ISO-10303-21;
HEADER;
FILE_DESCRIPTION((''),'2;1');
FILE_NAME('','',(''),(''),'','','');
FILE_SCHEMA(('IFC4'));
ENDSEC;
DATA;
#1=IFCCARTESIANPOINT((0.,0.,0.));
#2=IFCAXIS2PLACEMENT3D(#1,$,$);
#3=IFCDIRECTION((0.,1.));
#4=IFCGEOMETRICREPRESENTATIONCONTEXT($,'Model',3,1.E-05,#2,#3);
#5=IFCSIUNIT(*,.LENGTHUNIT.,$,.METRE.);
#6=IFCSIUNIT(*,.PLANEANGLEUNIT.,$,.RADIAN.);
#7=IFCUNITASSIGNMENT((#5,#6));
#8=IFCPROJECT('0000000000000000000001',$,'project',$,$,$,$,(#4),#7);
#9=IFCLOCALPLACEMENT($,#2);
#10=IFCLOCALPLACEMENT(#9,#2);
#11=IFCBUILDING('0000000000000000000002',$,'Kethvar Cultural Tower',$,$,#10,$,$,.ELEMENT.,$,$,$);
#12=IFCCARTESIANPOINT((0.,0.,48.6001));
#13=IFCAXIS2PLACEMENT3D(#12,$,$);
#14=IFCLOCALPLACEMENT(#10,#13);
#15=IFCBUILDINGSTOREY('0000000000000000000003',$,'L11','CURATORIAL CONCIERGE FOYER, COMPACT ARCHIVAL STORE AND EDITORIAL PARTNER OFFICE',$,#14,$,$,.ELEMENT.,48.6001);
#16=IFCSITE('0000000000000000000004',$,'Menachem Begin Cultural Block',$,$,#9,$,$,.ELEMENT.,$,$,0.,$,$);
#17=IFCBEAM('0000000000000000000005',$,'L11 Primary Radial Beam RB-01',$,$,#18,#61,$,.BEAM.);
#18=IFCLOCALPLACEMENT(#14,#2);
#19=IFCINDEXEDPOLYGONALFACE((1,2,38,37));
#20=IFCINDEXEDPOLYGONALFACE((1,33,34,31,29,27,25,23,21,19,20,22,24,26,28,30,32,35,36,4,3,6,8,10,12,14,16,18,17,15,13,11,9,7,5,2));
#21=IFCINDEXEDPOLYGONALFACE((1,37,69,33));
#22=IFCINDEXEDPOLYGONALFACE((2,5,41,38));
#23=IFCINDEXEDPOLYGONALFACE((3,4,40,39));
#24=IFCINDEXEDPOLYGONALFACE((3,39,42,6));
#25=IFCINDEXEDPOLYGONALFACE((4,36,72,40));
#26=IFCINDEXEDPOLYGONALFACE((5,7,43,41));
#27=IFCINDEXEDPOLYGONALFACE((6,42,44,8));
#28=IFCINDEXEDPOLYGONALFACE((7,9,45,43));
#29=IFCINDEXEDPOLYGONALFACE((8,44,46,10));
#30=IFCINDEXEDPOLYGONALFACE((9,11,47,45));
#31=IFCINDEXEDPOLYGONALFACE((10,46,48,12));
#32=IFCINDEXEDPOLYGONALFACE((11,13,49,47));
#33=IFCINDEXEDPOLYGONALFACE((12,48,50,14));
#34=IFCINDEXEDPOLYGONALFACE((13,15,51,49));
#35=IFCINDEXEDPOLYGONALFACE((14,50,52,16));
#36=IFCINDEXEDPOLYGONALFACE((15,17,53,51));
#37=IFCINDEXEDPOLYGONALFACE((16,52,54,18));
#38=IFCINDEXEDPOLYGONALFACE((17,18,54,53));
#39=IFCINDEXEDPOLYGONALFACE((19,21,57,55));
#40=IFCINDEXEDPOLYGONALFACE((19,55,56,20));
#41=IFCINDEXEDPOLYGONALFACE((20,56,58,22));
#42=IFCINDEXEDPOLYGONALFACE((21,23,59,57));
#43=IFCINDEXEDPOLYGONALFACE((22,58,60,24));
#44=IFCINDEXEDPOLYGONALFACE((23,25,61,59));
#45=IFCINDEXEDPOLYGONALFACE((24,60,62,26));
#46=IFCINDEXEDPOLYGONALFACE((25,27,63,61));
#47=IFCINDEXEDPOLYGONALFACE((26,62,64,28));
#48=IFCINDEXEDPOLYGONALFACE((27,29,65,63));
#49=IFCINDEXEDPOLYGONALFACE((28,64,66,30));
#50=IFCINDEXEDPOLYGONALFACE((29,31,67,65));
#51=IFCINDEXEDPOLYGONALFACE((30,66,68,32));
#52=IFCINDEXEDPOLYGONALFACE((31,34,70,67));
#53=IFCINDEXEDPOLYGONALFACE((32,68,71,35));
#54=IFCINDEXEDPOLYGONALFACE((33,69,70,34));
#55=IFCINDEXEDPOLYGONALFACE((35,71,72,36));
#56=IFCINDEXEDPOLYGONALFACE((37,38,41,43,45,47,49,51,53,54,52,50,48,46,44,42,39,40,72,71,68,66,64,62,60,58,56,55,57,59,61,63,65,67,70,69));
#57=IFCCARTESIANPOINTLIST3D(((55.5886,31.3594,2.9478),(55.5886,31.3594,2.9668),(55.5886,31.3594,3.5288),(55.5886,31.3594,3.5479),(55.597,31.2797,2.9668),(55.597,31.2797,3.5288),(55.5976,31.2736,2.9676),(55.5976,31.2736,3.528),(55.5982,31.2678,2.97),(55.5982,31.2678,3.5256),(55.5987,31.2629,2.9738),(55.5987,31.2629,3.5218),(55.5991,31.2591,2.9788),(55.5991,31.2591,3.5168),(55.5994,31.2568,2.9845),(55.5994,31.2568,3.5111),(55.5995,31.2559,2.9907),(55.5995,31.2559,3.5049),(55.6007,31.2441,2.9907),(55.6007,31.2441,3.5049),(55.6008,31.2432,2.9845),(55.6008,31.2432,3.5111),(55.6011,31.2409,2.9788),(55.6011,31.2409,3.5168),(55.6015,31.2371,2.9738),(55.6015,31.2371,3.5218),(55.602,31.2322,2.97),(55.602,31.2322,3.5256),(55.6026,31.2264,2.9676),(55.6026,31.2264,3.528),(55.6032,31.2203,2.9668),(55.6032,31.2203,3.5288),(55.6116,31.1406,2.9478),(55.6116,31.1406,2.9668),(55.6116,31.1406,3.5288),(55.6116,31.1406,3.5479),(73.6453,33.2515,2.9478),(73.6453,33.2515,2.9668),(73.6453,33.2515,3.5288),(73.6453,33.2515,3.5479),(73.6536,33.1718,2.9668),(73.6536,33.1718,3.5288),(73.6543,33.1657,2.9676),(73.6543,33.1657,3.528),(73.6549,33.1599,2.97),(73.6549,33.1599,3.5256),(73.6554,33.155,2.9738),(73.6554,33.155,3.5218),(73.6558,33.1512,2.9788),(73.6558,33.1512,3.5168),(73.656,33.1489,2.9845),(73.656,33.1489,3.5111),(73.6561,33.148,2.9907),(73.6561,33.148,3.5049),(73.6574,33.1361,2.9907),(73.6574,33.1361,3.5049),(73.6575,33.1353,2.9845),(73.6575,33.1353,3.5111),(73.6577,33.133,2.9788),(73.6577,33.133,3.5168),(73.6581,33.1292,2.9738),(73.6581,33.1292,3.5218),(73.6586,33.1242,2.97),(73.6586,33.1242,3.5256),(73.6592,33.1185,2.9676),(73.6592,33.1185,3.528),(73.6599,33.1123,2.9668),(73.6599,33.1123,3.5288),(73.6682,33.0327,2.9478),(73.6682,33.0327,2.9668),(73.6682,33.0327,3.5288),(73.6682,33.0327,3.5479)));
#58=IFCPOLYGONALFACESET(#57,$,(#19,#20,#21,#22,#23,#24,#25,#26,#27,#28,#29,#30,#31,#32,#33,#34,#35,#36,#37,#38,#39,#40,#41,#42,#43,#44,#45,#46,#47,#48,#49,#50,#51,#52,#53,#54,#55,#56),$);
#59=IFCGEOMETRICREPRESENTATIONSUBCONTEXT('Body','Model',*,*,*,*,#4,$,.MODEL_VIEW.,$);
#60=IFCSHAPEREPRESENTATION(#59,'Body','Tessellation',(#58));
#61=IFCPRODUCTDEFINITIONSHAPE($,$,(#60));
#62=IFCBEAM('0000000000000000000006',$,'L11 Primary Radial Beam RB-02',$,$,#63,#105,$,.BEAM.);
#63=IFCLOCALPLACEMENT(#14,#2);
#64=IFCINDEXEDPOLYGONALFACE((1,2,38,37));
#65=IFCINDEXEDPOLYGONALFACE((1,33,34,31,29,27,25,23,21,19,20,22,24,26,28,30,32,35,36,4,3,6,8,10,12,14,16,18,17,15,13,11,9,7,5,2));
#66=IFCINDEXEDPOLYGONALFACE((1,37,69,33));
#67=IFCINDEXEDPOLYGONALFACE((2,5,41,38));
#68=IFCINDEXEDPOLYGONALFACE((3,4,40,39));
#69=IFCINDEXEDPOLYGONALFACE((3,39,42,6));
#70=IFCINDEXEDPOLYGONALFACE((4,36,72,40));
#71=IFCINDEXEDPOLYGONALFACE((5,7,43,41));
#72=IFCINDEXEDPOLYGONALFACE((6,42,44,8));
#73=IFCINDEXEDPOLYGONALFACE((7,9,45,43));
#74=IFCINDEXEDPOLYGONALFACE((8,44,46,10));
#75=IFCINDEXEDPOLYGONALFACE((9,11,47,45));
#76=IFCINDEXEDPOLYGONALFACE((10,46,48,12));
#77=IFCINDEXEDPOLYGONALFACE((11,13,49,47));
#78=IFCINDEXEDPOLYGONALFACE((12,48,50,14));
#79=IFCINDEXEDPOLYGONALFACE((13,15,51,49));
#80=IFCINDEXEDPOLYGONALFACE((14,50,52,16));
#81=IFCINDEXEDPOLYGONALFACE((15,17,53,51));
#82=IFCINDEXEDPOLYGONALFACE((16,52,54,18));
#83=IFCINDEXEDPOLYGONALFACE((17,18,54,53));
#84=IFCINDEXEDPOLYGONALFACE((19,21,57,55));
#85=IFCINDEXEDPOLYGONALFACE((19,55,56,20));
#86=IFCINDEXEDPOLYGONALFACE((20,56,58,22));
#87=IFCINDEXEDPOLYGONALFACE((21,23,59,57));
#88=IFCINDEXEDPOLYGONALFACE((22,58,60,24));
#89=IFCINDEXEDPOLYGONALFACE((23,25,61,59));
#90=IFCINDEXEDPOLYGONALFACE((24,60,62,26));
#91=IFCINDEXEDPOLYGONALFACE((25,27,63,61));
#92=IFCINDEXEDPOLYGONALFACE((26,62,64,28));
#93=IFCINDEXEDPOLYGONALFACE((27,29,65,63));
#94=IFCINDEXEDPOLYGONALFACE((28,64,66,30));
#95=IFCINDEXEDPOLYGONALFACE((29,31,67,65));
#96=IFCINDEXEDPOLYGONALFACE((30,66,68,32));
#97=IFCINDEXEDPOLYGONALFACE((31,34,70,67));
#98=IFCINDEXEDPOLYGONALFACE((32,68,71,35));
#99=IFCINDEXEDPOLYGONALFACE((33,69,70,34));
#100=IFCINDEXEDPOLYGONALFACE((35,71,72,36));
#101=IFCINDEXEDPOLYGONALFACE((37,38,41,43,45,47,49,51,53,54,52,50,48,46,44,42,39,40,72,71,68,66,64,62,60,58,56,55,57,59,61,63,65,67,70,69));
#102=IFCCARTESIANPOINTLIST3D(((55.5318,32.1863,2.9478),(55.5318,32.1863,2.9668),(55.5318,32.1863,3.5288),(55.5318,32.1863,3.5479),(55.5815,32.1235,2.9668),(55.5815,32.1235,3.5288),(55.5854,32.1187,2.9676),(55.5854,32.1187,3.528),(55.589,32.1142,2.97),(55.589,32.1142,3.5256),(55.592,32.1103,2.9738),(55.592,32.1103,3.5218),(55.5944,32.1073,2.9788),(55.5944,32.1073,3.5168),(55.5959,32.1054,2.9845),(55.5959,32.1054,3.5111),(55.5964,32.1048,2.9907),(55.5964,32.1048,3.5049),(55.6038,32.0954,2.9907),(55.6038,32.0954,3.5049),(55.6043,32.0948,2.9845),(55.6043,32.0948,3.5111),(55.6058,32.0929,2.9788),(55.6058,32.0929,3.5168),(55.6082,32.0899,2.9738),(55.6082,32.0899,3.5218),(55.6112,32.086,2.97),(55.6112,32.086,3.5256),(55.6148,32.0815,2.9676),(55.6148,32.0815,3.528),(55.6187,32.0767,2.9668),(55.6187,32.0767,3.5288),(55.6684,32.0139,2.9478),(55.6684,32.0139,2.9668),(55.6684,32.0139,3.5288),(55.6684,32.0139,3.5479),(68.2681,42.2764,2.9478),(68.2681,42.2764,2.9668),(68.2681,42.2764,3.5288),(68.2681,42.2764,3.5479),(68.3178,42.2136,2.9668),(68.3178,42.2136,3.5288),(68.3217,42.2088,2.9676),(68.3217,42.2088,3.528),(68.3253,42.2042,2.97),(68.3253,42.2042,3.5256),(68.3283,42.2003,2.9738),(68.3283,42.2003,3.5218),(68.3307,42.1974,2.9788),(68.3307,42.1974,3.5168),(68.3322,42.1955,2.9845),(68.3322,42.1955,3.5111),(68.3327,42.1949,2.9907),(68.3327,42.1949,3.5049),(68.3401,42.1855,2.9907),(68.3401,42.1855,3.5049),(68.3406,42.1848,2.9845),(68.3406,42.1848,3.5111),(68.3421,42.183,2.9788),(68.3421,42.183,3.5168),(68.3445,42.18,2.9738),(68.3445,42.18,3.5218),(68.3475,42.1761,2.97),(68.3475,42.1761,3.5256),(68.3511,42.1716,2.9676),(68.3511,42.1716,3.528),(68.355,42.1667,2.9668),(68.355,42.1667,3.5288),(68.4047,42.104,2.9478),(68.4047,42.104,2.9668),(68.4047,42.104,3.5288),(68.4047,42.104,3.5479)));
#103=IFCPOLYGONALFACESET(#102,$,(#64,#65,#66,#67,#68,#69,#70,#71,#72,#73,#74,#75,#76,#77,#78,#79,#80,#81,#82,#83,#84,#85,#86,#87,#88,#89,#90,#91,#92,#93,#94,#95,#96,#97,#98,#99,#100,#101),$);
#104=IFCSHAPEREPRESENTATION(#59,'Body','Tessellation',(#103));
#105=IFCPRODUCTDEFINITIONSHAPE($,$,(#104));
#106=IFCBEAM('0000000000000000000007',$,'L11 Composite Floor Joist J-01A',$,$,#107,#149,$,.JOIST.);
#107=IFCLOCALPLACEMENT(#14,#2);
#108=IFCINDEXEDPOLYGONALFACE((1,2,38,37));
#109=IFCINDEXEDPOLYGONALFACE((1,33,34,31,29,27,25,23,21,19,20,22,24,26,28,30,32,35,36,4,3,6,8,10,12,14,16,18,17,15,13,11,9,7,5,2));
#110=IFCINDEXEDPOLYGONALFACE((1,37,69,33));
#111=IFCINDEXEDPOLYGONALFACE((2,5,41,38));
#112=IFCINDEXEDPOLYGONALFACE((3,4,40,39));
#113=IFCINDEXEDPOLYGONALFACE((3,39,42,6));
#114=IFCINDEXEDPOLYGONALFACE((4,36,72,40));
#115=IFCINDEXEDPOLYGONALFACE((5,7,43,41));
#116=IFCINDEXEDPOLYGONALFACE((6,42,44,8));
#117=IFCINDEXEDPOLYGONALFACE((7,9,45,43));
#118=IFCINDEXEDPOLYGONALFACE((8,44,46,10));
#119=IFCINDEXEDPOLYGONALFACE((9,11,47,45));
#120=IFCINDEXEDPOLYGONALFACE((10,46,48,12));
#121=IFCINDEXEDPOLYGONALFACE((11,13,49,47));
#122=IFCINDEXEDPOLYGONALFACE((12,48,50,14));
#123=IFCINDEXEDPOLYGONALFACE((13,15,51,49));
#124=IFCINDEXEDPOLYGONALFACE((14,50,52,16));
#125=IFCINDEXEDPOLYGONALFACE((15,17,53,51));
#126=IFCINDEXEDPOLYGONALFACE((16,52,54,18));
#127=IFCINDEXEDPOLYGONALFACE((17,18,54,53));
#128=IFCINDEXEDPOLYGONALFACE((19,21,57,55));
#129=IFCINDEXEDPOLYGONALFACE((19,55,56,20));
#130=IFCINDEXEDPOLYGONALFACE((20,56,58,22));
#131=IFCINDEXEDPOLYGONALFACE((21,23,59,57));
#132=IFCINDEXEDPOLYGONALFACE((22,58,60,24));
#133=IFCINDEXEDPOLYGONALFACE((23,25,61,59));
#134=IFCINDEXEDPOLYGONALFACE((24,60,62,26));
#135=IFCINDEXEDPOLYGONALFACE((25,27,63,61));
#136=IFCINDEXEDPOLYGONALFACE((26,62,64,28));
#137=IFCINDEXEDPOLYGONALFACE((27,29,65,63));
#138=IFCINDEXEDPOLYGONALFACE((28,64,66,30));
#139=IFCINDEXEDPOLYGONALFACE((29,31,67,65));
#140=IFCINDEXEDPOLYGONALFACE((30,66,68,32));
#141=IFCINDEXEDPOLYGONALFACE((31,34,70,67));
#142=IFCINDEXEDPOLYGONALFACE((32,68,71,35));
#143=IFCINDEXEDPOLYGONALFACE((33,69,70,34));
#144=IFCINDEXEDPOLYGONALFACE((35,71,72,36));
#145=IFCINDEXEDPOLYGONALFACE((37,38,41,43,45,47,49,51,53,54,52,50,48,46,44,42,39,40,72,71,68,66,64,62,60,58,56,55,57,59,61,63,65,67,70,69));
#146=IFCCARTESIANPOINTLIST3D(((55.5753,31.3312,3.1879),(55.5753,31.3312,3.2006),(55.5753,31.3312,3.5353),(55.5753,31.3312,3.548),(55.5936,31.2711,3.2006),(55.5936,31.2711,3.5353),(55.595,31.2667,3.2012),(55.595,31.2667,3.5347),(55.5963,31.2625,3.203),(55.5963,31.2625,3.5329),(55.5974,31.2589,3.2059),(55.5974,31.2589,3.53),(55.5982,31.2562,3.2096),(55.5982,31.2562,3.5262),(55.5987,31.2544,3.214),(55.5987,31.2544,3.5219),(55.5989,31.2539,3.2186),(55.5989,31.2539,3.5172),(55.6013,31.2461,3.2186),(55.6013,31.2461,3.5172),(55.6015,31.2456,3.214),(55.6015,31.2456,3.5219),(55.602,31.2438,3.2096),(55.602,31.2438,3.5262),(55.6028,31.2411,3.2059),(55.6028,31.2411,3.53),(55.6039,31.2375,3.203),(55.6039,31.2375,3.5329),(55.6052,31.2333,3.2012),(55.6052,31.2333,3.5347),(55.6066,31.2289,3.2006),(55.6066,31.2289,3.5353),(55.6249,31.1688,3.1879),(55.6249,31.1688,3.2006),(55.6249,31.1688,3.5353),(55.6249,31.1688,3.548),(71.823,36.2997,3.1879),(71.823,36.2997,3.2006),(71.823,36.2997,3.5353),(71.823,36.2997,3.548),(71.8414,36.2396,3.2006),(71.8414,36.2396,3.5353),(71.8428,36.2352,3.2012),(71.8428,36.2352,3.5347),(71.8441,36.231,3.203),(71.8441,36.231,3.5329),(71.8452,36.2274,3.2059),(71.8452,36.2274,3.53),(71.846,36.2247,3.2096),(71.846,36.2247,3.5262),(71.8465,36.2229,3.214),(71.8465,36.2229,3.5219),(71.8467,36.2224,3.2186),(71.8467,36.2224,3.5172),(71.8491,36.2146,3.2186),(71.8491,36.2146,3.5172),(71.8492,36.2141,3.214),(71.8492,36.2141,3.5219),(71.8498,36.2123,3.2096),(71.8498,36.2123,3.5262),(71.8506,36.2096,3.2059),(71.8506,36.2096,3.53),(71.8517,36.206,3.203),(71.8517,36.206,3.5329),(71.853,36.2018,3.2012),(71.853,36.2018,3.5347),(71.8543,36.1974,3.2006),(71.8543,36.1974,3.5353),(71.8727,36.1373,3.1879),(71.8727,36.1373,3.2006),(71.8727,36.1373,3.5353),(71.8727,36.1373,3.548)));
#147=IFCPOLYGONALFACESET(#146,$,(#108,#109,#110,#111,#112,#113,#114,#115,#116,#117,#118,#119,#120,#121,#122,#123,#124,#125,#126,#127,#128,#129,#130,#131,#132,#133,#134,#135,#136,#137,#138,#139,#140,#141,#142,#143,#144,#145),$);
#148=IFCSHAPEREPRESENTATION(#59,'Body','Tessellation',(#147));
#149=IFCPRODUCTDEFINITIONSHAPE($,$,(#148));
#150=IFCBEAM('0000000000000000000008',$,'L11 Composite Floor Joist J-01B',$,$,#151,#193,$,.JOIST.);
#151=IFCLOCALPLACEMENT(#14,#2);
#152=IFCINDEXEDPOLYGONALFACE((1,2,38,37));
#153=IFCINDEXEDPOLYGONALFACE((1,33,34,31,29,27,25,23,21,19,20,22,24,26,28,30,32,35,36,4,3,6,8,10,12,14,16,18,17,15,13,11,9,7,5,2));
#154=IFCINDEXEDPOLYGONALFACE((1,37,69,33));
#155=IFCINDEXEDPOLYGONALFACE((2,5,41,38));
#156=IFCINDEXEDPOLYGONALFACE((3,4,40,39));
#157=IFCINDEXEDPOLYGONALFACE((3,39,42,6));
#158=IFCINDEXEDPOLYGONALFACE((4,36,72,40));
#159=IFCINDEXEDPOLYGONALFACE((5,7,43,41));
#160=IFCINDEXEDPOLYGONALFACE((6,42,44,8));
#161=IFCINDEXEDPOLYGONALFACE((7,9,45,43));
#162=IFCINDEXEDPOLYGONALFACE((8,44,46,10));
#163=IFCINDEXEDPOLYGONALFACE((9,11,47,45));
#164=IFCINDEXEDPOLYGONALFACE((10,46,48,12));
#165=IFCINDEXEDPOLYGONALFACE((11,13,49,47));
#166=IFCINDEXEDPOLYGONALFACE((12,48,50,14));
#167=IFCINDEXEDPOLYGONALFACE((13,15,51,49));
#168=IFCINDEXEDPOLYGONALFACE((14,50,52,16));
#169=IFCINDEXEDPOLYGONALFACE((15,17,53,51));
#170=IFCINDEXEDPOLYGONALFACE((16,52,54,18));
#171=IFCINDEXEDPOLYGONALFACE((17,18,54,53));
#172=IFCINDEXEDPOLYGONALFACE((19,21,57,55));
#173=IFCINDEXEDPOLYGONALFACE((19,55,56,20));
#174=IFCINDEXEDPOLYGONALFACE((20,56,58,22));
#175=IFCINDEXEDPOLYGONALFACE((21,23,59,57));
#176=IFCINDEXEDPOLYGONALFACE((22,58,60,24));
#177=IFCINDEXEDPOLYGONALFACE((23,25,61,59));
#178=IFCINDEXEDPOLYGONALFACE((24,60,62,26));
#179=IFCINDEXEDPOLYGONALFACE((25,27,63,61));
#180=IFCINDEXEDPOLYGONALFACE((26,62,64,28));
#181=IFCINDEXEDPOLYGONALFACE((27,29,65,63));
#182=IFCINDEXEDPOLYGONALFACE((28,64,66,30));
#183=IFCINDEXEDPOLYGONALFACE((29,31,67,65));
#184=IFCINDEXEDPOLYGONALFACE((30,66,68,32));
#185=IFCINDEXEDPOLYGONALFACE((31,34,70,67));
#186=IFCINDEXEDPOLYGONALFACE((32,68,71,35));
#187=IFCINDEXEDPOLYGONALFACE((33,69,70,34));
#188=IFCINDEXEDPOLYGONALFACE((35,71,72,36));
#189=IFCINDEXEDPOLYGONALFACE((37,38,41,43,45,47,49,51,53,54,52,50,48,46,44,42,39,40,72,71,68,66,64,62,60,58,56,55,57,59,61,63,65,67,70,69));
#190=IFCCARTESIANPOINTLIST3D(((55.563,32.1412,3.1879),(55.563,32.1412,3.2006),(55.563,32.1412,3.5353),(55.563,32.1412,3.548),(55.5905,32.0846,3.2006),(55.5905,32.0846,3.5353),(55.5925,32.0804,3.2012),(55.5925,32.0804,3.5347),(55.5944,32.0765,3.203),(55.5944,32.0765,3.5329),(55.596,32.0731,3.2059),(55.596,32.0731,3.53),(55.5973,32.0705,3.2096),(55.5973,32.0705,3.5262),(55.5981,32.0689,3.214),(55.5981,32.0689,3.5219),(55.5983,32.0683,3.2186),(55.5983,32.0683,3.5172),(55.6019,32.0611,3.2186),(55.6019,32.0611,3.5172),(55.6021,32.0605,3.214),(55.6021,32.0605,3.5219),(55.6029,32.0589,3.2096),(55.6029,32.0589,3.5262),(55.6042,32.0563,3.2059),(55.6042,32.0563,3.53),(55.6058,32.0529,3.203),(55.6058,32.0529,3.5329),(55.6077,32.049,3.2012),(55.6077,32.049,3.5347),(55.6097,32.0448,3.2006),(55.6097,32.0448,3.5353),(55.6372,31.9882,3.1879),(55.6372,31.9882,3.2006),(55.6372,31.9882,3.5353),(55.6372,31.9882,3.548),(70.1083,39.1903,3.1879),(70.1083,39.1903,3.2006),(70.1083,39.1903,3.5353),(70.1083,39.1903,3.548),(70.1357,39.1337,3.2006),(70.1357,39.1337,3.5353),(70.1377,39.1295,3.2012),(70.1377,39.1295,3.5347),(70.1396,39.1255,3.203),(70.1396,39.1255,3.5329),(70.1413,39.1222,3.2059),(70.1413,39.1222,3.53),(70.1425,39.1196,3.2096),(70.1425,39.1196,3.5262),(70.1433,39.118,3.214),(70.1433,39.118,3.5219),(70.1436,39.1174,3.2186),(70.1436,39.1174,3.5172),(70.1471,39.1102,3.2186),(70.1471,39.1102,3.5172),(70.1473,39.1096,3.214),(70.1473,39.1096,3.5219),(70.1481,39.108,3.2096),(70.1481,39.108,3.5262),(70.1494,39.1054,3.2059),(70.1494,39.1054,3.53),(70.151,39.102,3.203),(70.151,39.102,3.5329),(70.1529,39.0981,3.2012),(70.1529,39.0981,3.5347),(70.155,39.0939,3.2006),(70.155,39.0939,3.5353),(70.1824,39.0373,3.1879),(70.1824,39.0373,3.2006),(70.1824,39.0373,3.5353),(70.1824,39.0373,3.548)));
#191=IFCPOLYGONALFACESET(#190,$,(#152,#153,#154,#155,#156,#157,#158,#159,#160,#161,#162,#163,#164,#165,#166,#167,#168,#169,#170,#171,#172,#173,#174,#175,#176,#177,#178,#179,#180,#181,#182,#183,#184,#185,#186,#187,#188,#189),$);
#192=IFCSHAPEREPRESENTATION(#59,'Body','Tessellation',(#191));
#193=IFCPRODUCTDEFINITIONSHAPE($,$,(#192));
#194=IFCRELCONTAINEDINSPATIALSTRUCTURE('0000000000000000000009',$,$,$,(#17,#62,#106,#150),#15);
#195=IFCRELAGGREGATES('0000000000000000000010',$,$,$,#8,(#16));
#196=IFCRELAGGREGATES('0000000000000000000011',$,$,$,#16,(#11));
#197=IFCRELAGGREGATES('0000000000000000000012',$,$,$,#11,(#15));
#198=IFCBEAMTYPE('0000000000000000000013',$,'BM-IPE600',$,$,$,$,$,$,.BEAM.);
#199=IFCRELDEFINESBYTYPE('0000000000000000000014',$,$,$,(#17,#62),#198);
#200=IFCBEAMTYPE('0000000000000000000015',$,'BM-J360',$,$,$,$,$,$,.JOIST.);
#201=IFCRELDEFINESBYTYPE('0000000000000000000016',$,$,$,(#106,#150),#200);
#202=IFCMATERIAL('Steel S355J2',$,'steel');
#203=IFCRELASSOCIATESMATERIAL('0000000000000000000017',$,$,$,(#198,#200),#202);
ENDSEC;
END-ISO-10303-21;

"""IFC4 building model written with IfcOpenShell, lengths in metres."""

from ifc_helpers import new_model, si_unit, direction, frame, origin, origin_2d, place, context, subcontext, project, spatial, i_section, extrude, source, transform, mapped, material, material_profile, profile_set, type_object, element, save


model = new_model("IFC4")

# Units and contexts
model_context = context("Model", 3, precision=1e-05, world=origin(), true_north=direction((0.0, 1.0)))
body_context = subcontext(model_context, "Body", "Model", "MODEL_VIEW")
ifc_project = project(units=[si_unit("LENGTHUNIT", "METRE"), si_unit("PLANEANGLEUNIT", "RADIAN")], contexts=[model_context])

# Site, building, storey
site_placement = place(None, origin())
site = spatial("IfcSite", under=ifc_project, at=site_placement, Name="Menachem Begin Cultural Block", CompositionType="ELEMENT", RefElevation=0.0)
building_placement = place(site_placement, origin())
building = spatial("IfcBuilding", under=site, at=building_placement, Name="Kethvar Cultural Tower", CompositionType="ELEMENT")
storey_placement = place(building_placement, frame((0.0, 0.0, 48.6001)))
storey = spatial("IfcBuildingStorey", under=building, at=storey_placement, Name="L11", Description="CURATORIAL CONCIERGE FOYER, COMPACT ARCHIVAL STORE AND EDITORIAL PARTNER OFFICE", CompositionType="ELEMENT", Elevation=48.6001)

# Beams
ifc_material_1 = material(Name="Steel S355J2", Category="steel")
ifc_material_profile_1 = material_profile(ifc_material_1, i_section(OverallWidth=0.22, OverallDepth=0.6001, WebThickness=0.012, FlangeThickness=0.019, FilletRadius=0.0239, at=origin_2d()), Name="Steel S355J2 — IPE600")
ifc_profile_set_1 = profile_set([ifc_material_profile_1], Name="Steel S355J2 — IPE600")
beam_type_1 = type_object("IfcBeamType", Name="BM-IPE600", PredefinedType="BEAM", material=ifc_profile_set_1)
shared_shape_1 = source(origin(), body_context, "Body", "SweptSolid", [
    extrude(i_section(OverallWidth=0.22, OverallDepth=0.6001, WebThickness=0.012, FlangeThickness=0.019, FilletRadius=0.0239, at=origin_2d()), origin(), (0.0, 0.0, 1.0), 18.1555),
])
beam_1_placement = place(storey_placement, frame((55.6001, 31.25, 3.2478), z_axis=(0.994555, 0.104216, 0.0), x_axis=(-0.104216, 0.994555, 0.0)))
element("IfcBeam", 1, at=beam_1_placement, inside=storey, type_object=beam_type_1, Name="L11 Primary Radial Beam RB-01", PredefinedType="BEAM", context=body_context, shape_type="MappedRepresentation", body=[
    mapped(shared_shape_1, transform((0.0, 0.0, 0.0), scale=1.0)),
])
shared_shape_2 = source(origin(), body_context, "Body", "SweptSolid", [
    extrude(i_section(OverallWidth=0.22, OverallDepth=0.6001, WebThickness=0.012, FlangeThickness=0.019, FilletRadius=0.0239, at=origin_2d()), origin(), (0.0, 0.0, 1.0), 16.2488),
])
beam_2_placement = place(storey_placement, frame((55.6001, 32.1001, 3.2478), z_axis=(0.783831, 0.620974, 0.0), x_axis=(-0.620974, 0.783831, 0.0)))
element("IfcBeam", 2, at=beam_2_placement, inside=storey, type_object=beam_type_1, Name="L11 Primary Radial Beam RB-02", PredefinedType="BEAM", context=body_context, shape_type="MappedRepresentation", body=[
    mapped(shared_shape_2, transform((0.0, 0.0, 0.0), scale=1.0)),
])
ifc_material_profile_2 = material_profile(ifc_material_1, i_section(OverallWidth=0.1699, OverallDepth=0.3601, WebThickness=0.0081, FlangeThickness=0.0127, FilletRadius=0.0181, at=origin_2d()), Name="Steel S355J2 — IPE360")
ifc_profile_set_2 = profile_set([ifc_material_profile_2], Name="Steel S355J2 — IPE360")
beam_type_2 = type_object("IfcBeamType", Name="BM-J360", PredefinedType="JOIST", material=ifc_profile_set_2)
shared_shape_3 = source(origin(), body_context, "Body", "SweptSolid", [
    extrude(i_section(OverallWidth=0.1699, OverallDepth=0.3601, WebThickness=0.0081, FlangeThickness=0.0127, FilletRadius=0.0181, at=origin_2d()), origin(), (0.0, 0.0, 1.0), 16.9905),
])
beam_3_placement = place(storey_placement, frame((55.6001, 31.25, 3.3679), z_axis=(0.956287, 0.292428, 0.0), x_axis=(-0.292428, 0.956287, 0.0)))
element("IfcBeam", 3, at=beam_3_placement, inside=storey, type_object=beam_type_2, Name="L11 Composite Floor Joist J-01A", PredefinedType="JOIST", context=body_context, shape_type="MappedRepresentation", body=[
    mapped(shared_shape_3, transform((0.0, 0.0, 0.0), scale=1.0)),
])
shared_shape_4 = source(origin(), body_context, "Body", "SweptSolid", [
    extrude(i_section(OverallWidth=0.1699, OverallDepth=0.3601, WebThickness=0.0081, FlangeThickness=0.0127, FilletRadius=0.0181, at=origin_2d()), origin(), (0.0, 0.0, 1.0), 16.1633),
])
beam_4_placement = place(storey_placement, frame((55.6001, 32.0647, 3.3679), z_axis=(0.89989, 0.436117, 0.0), x_axis=(-0.436117, 0.89989, 0.0)))
element("IfcBeam", 4, at=beam_4_placement, inside=storey, type_object=beam_type_2, Name="L11 Composite Floor Joist J-01B", PredefinedType="JOIST", context=body_context, shape_type="MappedRepresentation", body=[
    mapped(shared_shape_4, transform((0.0, 0.0, 0.0), scale=1.0)),
])

save(model, "model.ifc")
